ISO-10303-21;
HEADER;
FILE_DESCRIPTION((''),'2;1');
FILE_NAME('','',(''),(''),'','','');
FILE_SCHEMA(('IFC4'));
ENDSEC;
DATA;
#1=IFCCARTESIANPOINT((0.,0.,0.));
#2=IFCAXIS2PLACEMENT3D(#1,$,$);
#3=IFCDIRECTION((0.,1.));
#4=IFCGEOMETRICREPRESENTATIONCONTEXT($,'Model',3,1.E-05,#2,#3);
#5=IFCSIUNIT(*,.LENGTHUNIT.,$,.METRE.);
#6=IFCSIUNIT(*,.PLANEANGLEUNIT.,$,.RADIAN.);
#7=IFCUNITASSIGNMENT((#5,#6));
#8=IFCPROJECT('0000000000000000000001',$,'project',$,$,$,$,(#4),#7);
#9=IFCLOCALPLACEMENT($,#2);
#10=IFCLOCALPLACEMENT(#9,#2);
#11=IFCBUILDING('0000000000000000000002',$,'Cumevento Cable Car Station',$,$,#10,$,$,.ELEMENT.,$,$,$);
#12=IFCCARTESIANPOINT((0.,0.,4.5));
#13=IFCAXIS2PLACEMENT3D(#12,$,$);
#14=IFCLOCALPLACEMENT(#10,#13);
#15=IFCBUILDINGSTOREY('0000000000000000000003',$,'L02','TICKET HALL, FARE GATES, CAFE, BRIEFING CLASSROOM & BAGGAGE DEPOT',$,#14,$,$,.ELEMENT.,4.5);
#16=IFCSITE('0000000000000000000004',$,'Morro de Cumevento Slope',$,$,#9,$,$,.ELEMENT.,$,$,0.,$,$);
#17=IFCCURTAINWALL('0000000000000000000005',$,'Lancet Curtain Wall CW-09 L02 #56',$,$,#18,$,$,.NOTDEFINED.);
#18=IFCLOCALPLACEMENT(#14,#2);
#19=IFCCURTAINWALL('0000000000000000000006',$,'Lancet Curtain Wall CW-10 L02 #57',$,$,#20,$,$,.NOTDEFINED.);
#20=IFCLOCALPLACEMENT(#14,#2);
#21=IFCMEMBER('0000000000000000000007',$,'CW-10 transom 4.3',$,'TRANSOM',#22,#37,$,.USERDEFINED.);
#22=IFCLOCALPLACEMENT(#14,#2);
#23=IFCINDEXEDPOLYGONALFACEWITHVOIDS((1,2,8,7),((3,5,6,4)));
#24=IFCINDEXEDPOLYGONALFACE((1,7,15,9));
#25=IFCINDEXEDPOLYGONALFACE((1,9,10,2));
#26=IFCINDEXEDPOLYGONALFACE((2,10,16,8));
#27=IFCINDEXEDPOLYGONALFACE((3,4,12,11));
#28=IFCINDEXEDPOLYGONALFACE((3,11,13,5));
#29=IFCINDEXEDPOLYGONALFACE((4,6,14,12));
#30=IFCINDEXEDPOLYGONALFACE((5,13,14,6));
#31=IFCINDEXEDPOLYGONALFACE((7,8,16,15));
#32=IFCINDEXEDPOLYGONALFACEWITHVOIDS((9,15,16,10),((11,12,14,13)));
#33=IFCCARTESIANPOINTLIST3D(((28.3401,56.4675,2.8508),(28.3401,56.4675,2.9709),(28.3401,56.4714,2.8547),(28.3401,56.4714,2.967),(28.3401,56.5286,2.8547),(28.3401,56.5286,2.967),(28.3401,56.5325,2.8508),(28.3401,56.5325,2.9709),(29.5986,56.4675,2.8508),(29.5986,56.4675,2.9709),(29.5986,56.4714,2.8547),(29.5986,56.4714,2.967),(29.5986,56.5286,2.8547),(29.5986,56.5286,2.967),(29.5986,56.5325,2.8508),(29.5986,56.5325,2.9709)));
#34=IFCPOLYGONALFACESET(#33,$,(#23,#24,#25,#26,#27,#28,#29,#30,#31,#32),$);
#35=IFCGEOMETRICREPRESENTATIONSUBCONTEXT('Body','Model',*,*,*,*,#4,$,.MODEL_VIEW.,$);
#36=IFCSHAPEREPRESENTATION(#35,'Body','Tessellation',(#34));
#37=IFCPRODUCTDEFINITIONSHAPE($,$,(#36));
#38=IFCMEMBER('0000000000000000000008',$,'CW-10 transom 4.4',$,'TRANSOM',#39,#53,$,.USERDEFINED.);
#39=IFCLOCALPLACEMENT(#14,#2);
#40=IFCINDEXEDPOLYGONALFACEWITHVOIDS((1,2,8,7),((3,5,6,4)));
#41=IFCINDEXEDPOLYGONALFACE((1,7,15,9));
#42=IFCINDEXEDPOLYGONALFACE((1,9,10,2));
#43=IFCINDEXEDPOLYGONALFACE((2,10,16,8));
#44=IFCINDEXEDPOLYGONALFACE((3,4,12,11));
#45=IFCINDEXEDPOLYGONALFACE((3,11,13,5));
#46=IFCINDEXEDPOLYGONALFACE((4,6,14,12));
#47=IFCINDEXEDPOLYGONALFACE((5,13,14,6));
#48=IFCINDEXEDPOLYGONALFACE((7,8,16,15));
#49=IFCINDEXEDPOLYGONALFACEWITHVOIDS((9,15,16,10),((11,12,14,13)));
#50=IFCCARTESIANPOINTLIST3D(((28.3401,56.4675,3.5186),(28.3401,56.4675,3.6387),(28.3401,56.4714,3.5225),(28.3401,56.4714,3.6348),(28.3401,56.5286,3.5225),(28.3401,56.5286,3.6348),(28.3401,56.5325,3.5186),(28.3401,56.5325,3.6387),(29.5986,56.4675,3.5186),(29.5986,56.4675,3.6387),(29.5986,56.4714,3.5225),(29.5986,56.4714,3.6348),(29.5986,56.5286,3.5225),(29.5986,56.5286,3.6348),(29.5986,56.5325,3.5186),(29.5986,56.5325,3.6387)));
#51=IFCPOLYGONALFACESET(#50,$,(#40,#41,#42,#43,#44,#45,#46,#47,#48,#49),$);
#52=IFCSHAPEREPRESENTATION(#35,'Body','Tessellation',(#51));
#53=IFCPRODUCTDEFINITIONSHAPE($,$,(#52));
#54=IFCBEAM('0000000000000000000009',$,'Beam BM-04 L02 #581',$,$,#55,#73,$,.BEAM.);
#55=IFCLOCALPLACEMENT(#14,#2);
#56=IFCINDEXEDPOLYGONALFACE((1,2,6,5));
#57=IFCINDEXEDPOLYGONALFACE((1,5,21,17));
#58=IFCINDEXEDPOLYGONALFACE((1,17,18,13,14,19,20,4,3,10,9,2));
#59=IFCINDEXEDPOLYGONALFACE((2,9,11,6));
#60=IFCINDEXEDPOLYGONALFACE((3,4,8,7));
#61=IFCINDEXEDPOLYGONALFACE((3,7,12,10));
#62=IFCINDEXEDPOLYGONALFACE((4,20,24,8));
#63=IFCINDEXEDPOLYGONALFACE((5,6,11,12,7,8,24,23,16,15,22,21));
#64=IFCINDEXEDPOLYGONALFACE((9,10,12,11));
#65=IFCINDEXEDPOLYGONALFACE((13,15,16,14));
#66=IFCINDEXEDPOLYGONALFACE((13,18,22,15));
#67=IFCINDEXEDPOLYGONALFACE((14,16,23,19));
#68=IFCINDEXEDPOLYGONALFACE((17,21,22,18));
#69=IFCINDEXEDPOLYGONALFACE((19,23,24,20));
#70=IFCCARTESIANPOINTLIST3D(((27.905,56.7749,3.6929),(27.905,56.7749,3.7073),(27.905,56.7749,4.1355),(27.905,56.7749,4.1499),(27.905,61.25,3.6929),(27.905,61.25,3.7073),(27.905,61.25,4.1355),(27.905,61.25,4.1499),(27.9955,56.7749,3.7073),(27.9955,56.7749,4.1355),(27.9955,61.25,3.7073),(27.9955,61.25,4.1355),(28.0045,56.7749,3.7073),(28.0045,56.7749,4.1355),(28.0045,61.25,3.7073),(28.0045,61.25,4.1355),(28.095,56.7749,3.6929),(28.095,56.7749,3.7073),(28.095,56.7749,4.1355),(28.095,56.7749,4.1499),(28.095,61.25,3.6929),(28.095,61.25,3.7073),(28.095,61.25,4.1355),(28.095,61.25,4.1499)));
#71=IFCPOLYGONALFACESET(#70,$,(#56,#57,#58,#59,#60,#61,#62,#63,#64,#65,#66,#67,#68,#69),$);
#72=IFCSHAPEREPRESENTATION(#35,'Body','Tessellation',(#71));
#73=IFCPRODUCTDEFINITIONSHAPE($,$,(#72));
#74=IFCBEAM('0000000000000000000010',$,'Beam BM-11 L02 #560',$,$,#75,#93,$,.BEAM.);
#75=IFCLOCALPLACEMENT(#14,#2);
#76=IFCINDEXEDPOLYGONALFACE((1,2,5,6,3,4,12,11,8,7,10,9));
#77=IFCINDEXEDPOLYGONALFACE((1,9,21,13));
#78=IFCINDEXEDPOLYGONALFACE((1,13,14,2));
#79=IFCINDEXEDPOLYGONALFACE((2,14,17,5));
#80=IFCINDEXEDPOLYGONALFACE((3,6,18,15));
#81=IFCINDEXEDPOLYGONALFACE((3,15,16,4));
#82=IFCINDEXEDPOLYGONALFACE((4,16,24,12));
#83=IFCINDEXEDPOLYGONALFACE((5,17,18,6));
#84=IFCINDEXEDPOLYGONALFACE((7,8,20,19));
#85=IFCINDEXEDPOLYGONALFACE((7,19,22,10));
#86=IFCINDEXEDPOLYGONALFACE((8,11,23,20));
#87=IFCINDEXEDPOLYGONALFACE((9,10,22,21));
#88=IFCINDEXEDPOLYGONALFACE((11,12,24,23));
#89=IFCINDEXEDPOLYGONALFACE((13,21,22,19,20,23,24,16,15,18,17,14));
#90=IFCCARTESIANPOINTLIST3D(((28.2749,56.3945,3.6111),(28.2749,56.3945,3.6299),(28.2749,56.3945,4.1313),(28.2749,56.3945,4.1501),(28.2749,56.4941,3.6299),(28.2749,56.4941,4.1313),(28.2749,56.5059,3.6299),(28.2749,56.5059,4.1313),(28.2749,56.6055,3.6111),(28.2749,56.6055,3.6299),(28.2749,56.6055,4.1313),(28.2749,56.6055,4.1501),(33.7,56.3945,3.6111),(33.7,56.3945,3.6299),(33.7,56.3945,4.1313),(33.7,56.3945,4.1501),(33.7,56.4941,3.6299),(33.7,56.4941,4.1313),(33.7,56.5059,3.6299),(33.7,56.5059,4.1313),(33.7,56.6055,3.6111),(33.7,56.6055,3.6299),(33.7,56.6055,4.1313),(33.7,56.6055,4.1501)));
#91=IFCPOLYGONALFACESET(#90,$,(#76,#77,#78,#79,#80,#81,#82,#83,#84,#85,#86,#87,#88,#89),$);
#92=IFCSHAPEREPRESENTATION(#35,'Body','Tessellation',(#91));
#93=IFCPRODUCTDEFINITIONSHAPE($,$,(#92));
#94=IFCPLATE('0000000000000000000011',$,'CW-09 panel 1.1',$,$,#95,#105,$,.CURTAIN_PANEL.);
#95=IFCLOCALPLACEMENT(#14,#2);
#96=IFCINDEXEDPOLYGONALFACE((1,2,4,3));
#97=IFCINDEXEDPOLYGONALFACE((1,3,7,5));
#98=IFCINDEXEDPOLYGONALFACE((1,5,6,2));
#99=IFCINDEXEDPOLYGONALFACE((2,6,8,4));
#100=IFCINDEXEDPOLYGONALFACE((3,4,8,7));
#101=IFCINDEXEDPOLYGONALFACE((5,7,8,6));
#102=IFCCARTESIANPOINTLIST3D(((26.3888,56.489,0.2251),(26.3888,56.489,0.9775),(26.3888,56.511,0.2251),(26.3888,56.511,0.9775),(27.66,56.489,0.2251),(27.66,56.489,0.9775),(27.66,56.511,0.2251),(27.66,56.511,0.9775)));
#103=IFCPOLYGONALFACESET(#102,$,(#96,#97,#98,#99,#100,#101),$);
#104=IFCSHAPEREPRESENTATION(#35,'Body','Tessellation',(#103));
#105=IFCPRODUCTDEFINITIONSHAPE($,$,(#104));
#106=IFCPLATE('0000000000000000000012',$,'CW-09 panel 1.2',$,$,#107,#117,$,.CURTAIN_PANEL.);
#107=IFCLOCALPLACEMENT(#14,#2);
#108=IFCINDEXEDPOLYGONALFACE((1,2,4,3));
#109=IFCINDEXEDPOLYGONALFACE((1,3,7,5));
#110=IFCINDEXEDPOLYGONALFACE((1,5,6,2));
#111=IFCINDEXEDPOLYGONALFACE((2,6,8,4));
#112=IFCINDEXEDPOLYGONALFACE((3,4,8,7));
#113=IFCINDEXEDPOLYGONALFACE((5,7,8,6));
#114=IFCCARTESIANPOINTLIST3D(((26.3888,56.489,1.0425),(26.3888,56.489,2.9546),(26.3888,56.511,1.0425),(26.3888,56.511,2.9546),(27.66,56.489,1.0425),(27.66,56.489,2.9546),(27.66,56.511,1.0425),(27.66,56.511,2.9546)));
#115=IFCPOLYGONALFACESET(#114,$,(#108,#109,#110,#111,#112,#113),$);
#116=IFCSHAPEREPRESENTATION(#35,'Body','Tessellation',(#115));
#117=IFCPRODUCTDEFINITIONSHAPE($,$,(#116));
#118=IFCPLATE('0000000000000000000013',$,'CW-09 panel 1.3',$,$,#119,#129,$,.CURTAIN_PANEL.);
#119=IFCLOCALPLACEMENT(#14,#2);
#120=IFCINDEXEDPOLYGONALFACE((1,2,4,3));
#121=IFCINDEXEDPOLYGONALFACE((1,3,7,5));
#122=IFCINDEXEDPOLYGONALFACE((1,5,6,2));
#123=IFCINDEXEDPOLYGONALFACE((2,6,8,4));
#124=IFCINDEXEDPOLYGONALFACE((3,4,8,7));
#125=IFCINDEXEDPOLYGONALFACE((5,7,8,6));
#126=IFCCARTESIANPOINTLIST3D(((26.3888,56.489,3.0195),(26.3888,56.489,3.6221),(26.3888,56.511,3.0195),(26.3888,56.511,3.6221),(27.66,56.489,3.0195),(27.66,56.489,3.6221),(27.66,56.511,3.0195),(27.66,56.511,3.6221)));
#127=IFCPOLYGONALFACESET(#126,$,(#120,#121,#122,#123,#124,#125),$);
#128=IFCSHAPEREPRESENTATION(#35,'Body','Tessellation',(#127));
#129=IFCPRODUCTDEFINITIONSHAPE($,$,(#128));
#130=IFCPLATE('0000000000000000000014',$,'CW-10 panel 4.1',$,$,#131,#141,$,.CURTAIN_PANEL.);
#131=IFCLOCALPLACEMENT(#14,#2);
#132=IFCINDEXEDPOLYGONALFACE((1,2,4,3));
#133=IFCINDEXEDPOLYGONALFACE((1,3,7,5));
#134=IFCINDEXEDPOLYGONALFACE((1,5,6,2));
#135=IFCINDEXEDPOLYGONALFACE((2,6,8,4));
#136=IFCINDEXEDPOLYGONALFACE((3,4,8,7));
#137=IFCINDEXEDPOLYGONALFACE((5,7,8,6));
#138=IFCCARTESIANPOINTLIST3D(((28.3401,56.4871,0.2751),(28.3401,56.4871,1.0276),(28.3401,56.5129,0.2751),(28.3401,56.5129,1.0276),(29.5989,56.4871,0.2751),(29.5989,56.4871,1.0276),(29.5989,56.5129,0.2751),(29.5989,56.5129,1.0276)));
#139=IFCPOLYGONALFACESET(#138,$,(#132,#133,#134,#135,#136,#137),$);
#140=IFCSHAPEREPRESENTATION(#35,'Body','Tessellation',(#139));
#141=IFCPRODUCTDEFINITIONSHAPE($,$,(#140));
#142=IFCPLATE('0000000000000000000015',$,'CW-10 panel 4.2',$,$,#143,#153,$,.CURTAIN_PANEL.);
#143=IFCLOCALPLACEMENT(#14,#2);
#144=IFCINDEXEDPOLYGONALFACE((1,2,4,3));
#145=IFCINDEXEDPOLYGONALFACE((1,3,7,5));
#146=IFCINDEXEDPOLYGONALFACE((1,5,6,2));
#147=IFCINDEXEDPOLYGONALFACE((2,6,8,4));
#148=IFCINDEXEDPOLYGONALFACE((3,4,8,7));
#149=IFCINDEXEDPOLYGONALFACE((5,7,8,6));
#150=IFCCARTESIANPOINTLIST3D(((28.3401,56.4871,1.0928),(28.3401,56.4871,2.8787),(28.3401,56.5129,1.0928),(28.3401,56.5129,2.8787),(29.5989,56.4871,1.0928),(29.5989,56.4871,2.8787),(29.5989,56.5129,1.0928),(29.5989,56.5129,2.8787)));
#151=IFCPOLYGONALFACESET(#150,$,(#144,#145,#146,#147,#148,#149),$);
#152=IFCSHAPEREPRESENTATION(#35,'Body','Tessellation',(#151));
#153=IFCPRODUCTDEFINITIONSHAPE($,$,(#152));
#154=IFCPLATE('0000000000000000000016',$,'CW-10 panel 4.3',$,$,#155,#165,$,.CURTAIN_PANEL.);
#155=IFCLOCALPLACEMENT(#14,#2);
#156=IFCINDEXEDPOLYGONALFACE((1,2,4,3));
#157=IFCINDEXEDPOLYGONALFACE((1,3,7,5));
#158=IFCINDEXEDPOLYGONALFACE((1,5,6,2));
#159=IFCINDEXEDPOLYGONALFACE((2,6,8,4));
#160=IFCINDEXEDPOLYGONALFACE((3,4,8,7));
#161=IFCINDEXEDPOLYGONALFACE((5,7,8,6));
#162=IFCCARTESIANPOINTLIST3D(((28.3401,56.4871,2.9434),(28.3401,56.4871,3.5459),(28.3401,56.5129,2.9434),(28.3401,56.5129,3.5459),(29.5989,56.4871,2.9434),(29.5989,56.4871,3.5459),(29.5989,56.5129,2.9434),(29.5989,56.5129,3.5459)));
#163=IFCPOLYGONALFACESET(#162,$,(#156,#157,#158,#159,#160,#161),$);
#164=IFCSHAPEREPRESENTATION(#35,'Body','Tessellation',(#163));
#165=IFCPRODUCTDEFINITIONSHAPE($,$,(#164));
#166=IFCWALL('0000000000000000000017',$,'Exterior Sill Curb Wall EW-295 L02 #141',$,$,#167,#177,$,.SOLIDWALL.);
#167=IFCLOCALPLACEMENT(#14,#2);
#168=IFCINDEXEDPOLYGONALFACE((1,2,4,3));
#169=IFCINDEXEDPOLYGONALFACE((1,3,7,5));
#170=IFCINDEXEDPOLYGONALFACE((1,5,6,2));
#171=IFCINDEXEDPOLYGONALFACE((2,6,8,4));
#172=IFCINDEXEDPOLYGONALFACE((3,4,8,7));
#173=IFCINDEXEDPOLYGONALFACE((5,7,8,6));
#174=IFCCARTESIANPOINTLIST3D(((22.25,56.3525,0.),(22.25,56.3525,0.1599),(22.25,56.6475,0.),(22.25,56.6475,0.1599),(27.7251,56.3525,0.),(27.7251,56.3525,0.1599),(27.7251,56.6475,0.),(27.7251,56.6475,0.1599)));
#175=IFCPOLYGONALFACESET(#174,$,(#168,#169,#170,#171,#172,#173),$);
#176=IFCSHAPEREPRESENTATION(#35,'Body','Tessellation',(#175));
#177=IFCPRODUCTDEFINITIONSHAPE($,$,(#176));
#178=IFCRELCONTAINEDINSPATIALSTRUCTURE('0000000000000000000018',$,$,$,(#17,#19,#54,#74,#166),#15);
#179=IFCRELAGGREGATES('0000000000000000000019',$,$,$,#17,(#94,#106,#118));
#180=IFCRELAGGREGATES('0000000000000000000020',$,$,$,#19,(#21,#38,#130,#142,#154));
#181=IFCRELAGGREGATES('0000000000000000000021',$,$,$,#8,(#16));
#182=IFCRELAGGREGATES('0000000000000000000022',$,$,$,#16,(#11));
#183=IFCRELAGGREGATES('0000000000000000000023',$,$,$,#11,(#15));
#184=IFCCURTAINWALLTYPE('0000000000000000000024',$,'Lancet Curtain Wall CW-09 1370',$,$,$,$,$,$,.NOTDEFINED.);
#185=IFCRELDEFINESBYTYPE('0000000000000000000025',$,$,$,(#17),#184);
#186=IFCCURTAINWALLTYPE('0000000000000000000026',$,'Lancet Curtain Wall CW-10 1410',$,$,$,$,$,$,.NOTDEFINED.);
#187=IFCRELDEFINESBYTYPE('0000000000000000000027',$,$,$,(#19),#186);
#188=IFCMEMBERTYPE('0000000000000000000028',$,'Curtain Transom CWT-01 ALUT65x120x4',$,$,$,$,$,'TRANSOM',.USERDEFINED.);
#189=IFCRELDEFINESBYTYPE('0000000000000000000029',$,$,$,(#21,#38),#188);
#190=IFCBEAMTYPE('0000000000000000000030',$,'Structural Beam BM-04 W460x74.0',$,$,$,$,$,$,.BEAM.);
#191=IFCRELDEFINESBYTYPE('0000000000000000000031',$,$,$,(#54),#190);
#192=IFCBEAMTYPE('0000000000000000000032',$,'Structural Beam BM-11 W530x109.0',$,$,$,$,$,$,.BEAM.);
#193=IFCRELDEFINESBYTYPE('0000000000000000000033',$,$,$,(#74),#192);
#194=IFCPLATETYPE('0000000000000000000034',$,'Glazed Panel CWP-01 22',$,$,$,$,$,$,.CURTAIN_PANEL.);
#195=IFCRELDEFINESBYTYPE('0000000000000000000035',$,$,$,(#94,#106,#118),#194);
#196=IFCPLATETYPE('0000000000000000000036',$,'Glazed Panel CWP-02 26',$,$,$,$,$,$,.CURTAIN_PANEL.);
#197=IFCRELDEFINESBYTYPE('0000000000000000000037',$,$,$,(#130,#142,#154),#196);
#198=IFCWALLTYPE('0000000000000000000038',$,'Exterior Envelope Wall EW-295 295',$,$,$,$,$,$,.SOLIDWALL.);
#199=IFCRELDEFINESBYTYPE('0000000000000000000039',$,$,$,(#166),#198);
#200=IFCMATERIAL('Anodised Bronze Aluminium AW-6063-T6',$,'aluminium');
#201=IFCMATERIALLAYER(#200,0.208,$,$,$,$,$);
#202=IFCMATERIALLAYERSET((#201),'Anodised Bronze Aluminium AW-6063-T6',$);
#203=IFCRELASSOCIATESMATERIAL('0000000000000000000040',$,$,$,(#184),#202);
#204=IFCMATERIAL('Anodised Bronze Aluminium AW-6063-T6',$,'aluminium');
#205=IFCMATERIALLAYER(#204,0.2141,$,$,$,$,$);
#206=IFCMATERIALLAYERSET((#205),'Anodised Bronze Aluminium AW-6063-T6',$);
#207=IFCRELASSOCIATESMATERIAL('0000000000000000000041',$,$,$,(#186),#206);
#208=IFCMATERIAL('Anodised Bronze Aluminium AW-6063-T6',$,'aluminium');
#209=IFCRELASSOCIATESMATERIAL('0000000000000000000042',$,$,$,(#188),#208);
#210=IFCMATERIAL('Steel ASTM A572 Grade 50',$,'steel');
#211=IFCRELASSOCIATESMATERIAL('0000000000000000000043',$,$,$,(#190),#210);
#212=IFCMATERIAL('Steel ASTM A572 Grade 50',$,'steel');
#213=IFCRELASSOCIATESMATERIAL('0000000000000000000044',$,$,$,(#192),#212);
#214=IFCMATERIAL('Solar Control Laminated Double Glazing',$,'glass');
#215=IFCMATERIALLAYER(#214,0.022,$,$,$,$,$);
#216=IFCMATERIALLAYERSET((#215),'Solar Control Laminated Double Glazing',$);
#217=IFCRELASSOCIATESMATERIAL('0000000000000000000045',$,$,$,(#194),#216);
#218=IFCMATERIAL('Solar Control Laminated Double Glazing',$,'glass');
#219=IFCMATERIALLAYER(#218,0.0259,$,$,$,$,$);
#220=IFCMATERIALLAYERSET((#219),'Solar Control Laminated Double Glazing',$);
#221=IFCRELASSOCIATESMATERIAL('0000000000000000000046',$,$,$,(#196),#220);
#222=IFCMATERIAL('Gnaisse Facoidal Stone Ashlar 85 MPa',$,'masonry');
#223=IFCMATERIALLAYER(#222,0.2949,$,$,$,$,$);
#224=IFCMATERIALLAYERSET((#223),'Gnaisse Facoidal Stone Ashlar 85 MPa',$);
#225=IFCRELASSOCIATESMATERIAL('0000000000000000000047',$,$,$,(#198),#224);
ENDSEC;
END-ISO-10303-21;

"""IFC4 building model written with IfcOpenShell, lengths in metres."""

from ifc_helpers import new_model, si_unit, direction, frame, frame_2d, origin, origin_2d, place, context, subcontext, project, spatial, rectangle, hollow_rectangle, i_section, extrude, material, layer, layer_set, material_profile, profile_set, type_object, element, aggregate, save


model = new_model("IFC4")

# Units and contexts
model_context = context("Model", 3, precision=1e-05, world=origin(), true_north=direction((0.0, 1.0)))
body_context = subcontext(model_context, "Body", "Model", "MODEL_VIEW")
ifc_project = project(units=[si_unit("LENGTHUNIT", "METRE"), si_unit("PLANEANGLEUNIT", "RADIAN")], contexts=[model_context])

# Site, building, storey
site_placement = place(None, origin())
site = spatial("IfcSite", under=ifc_project, at=site_placement, Name="Morro de Cumevento Slope", CompositionType="ELEMENT", RefElevation=0.0)
building_placement = place(site_placement, origin())
building = spatial("IfcBuilding", under=site, at=building_placement, Name="Cumevento Cable Car Station", CompositionType="ELEMENT")
storey_placement = place(building_placement, frame((0.0, 0.0, 4.5)))
storey = spatial("IfcBuildingStorey", under=building, at=storey_placement, Name="L02", Description="TICKET HALL, FARE GATES, CAFE, BRIEFING CLASSROOM & BAGGAGE DEPOT", CompositionType="ELEMENT", Elevation=4.5)

# Curtain walls
ifc_material_1 = material(Name="Anodised Bronze Aluminium AW-6063-T6", Category="aluminium")
ifc_layer_1 = layer(ifc_material_1, 0.208)
ifc_layer_set_1 = layer_set([ifc_layer_1], Name="Anodised Bronze Aluminium AW-6063-T6")
curtain_wall_type_1 = type_object("IfcCurtainWallType", Name="Lancet Curtain Wall CW-09 1370", PredefinedType="NOTDEFINED", material=ifc_layer_set_1)
curtain_wall_1_placement = place(storey_placement, origin())
curtain_wall_1 = element("IfcCurtainWall", 1, at=curtain_wall_1_placement, inside=storey, type_object=curtain_wall_type_1, Name="Lancet Curtain Wall CW-09 L02 #56", PredefinedType="NOTDEFINED")
ifc_material_2 = material(Name="Anodised Bronze Aluminium AW-6063-T6", Category="aluminium")
ifc_layer_2 = layer(ifc_material_2, 0.2141)
ifc_layer_set_2 = layer_set([ifc_layer_2], Name="Anodised Bronze Aluminium AW-6063-T6")
curtain_wall_type_2 = type_object("IfcCurtainWallType", Name="Lancet Curtain Wall CW-10 1410", PredefinedType="NOTDEFINED", material=ifc_layer_set_2)
curtain_wall_2_placement = place(storey_placement, origin())
curtain_wall_2 = element("IfcCurtainWall", 2, at=curtain_wall_2_placement, inside=storey, type_object=curtain_wall_type_2, Name="Lancet Curtain Wall CW-10 L02 #57", PredefinedType="NOTDEFINED")

# Members
ifc_material_3 = material(Name="Anodised Bronze Aluminium AW-6063-T6", Category="aluminium")
ifc_material_profile_1 = material_profile(ifc_material_3, hollow_rectangle(XDim=0.0649, YDim=0.1201, WallThickness=0.0039, at=origin_2d()), Name="ALUT65x120x4")
ifc_profile_set_1 = profile_set([ifc_material_profile_1], Name="Anodised Bronze Aluminium AW-6063-T6")
member_type_1 = type_object("IfcMemberType", Name="Curtain Transom CWT-01 ALUT65x120x4", ElementType="TRANSOM", PredefinedType="USERDEFINED", material=ifc_profile_set_1)
member_1_placement = place(storey_placement, frame((29.5986, 56.5, 2.9109), z_axis=(-1.0, 0.0, 0.0), x_axis=(0.0, -1.0, 0.0)))
member_1 = element("IfcMember", 3, at=member_1_placement, type_object=member_type_1, Name="CW-10 transom 4.3", ObjectType="TRANSOM", PredefinedType="USERDEFINED", context=body_context, shape_type="SweptSolid", body=[
    extrude(hollow_rectangle(XDim=0.0649, YDim=0.1201, WallThickness=0.0039, at=origin_2d()), origin(), (0.0, 0.0, 1.0), 1.2585),
])
member_2_placement = place(storey_placement, frame((29.5986, 56.5, 3.5786), z_axis=(-1.0, 0.0, 0.0), x_axis=(0.0, -1.0, 0.0)))
member_2 = element("IfcMember", 4, at=member_2_placement, type_object=member_type_1, Name="CW-10 transom 4.4", ObjectType="TRANSOM", PredefinedType="USERDEFINED", context=body_context, shape_type="SweptSolid", body=[
    extrude(hollow_rectangle(XDim=0.0649, YDim=0.1201, WallThickness=0.0039, at=origin_2d()), origin(), (0.0, 0.0, 1.0), 1.2585),
])

# Beams
ifc_material_4 = material(Name="Steel ASTM A572 Grade 50", Category="steel")
ifc_material_profile_2 = material_profile(ifc_material_4, i_section(OverallWidth=0.1899, OverallDepth=0.457, WebThickness=0.009, FlangeThickness=0.0144, at=origin_2d()), Name="W460x74.0")
ifc_profile_set_2 = profile_set([ifc_material_profile_2], Name="Steel ASTM A572 Grade 50")
beam_type_1 = type_object("IfcBeamType", Name="Structural Beam BM-04 W460x74.0", PredefinedType="BEAM", material=ifc_profile_set_2)
beam_1_placement = place(storey_placement, frame((28.0, 56.7749, 3.9214), z_axis=(0.0, 1.0, 0.0), x_axis=(-1.0, 0.0, 0.0)))
element("IfcBeam", 5, at=beam_1_placement, inside=storey, type_object=beam_type_1, Name="Beam BM-04 L02 #581", PredefinedType="BEAM", context=body_context, shape_type="SweptSolid", body=[
    extrude(i_section(OverallWidth=0.1899, OverallDepth=0.457, WebThickness=0.009, FlangeThickness=0.0144, at=origin_2d()), origin(), (0.0, 0.0, 1.0), 4.4751),
])
ifc_material_5 = material(Name="Steel ASTM A572 Grade 50", Category="steel")
ifc_material_profile_3 = material_profile(ifc_material_5, i_section(OverallWidth=0.2109, OverallDepth=0.5391, WebThickness=0.0117, FlangeThickness=0.0188, at=origin_2d()), Name="W530x109.0")
ifc_profile_set_3 = profile_set([ifc_material_profile_3], Name="Steel ASTM A572 Grade 50")
beam_type_2 = type_object("IfcBeamType", Name="Structural Beam BM-11 W530x109.0", PredefinedType="BEAM", material=ifc_profile_set_3)
beam_2_placement = place(storey_placement, frame((28.2749, 56.5, 3.8806), z_axis=(1.0, 0.0, 0.0), x_axis=(0.0, 1.0, 0.0)))
element("IfcBeam", 6, at=beam_2_placement, inside=storey, type_object=beam_type_2, Name="Beam BM-11 L02 #560", PredefinedType="BEAM", context=body_context, shape_type="SweptSolid", body=[
    extrude(i_section(OverallWidth=0.2109, OverallDepth=0.5391, WebThickness=0.0117, FlangeThickness=0.0188, at=origin_2d()), origin(), (0.0, 0.0, 1.0), 5.425),
])

# Plates
ifc_material_6 = material(Name="Solar Control Laminated Double Glazing", Category="glass")
ifc_layer_3 = layer(ifc_material_6, 0.022)
ifc_layer_set_3 = layer_set([ifc_layer_3], Name="Solar Control Laminated Double Glazing")
plate_type_1 = type_object("IfcPlateType", Name="Glazed Panel CWP-01 22", PredefinedType="CURTAIN_PANEL", material=ifc_layer_set_3)
plate_1_placement = place(storey_placement, frame((27.0244, 56.5, 0.2251), z_axis=(0.0, 0.0, 1.0), x_axis=(-1.0, 0.0, 0.0)))
plate_1 = element("IfcPlate", 7, at=plate_1_placement, type_object=plate_type_1, Name="CW-09 panel 1.1", PredefinedType="CURTAIN_PANEL", context=body_context, shape_type="SweptSolid", body=[
    extrude(rectangle(XDim=1.2712, YDim=0.022, at=origin_2d()), origin(), (0.0, 0.0, 1.0), 0.7524),
])
plate_2_placement = place(storey_placement, frame((27.0244, 56.5, 1.0425), z_axis=(0.0, 0.0, 1.0), x_axis=(-1.0, 0.0, 0.0)))
plate_2 = element("IfcPlate", 8, at=plate_2_placement, type_object=plate_type_1, Name="CW-09 panel 1.2", PredefinedType="CURTAIN_PANEL", context=body_context, shape_type="SweptSolid", body=[
    extrude(rectangle(XDim=1.2712, YDim=0.022, at=origin_2d()), origin(), (0.0, 0.0, 1.0), 1.9121),
])
plate_3_placement = place(storey_placement, frame((27.0244, 56.5, 3.0195), z_axis=(0.0, 0.0, 1.0), x_axis=(-1.0, 0.0, 0.0)))
plate_3 = element("IfcPlate", 9, at=plate_3_placement, type_object=plate_type_1, Name="CW-09 panel 1.3", PredefinedType="CURTAIN_PANEL", context=body_context, shape_type="SweptSolid", body=[
    extrude(rectangle(XDim=1.2712, YDim=0.022, at=origin_2d()), origin(), (0.0, 0.0, 1.0), 0.6025),
])
aggregate(curtain_wall_1, [plate_1, plate_2, plate_3])
ifc_material_7 = material(Name="Solar Control Laminated Double Glazing", Category="glass")
ifc_layer_4 = layer(ifc_material_7, 0.0259)
ifc_layer_set_4 = layer_set([ifc_layer_4], Name="Solar Control Laminated Double Glazing")
plate_type_2 = type_object("IfcPlateType", Name="Glazed Panel CWP-02 26", PredefinedType="CURTAIN_PANEL", material=ifc_layer_set_4)
plate_4_placement = place(storey_placement, frame((28.9695, 56.5, 0.2751), z_axis=(0.0, 0.0, 1.0), x_axis=(-1.0, 0.0, 0.0)))
plate_4 = element("IfcPlate", 10, at=plate_4_placement, type_object=plate_type_2, Name="CW-10 panel 4.1", PredefinedType="CURTAIN_PANEL", context=body_context, shape_type="SweptSolid", body=[
    extrude(rectangle(XDim=1.2588, YDim=0.0259, at=origin_2d()), origin(), (0.0, 0.0, 1.0), 0.7524),
])
plate_5_placement = place(storey_placement, frame((28.9695, 56.5, 1.0928), z_axis=(0.0, 0.0, 1.0), x_axis=(-1.0, 0.0, 0.0)))
plate_5 = element("IfcPlate", 11, at=plate_5_placement, type_object=plate_type_2, Name="CW-10 panel 4.2", PredefinedType="CURTAIN_PANEL", context=body_context, shape_type="SweptSolid", body=[
    extrude(rectangle(XDim=1.2588, YDim=0.0259, at=origin_2d()), origin(), (0.0, 0.0, 1.0), 1.7859),
])
plate_6_placement = place(storey_placement, frame((28.9695, 56.5, 2.9434), z_axis=(0.0, 0.0, 1.0), x_axis=(-1.0, 0.0, 0.0)))
plate_6 = element("IfcPlate", 12, at=plate_6_placement, type_object=plate_type_2, Name="CW-10 panel 4.3", PredefinedType="CURTAIN_PANEL", context=body_context, shape_type="SweptSolid", body=[
    extrude(rectangle(XDim=1.2588, YDim=0.0259, at=origin_2d()), origin(), (0.0, 0.0, 1.0), 0.6025),
])
aggregate(curtain_wall_2, [member_1, member_2, plate_4, plate_5, plate_6])

# Wall
ifc_material_8 = material(Name="Gnaisse Facoidal Stone Ashlar 85 MPa", Category="masonry")
ifc_layer_5 = layer(ifc_material_8, 0.2949)
ifc_layer_set_5 = layer_set([ifc_layer_5], Name="Gnaisse Facoidal Stone Ashlar 85 MPa")
wall_type_1 = type_object("IfcWallType", Name="Exterior Envelope Wall EW-295 295", PredefinedType="SOLIDWALL", material=ifc_layer_set_5)
wall_1_placement = place(storey_placement, frame((27.7251, 56.5, 0.0), z_axis=(0.0, 0.0, 1.0), x_axis=(-1.0, 0.0, 0.0)))
element("IfcWall", 13, at=wall_1_placement, inside=storey, type_object=wall_type_1, Name="Exterior Sill Curb Wall EW-295 L02 #141", PredefinedType="SOLIDWALL", context=body_context, shape_type="SweptSolid", body=[
    extrude(rectangle(XDim=5.4751, YDim=0.2949, at=frame_2d((2.7375, 0.0))), origin(), (0.0, 0.0, 1.0), 0.1599),
])

save(model, "model.ifc")
